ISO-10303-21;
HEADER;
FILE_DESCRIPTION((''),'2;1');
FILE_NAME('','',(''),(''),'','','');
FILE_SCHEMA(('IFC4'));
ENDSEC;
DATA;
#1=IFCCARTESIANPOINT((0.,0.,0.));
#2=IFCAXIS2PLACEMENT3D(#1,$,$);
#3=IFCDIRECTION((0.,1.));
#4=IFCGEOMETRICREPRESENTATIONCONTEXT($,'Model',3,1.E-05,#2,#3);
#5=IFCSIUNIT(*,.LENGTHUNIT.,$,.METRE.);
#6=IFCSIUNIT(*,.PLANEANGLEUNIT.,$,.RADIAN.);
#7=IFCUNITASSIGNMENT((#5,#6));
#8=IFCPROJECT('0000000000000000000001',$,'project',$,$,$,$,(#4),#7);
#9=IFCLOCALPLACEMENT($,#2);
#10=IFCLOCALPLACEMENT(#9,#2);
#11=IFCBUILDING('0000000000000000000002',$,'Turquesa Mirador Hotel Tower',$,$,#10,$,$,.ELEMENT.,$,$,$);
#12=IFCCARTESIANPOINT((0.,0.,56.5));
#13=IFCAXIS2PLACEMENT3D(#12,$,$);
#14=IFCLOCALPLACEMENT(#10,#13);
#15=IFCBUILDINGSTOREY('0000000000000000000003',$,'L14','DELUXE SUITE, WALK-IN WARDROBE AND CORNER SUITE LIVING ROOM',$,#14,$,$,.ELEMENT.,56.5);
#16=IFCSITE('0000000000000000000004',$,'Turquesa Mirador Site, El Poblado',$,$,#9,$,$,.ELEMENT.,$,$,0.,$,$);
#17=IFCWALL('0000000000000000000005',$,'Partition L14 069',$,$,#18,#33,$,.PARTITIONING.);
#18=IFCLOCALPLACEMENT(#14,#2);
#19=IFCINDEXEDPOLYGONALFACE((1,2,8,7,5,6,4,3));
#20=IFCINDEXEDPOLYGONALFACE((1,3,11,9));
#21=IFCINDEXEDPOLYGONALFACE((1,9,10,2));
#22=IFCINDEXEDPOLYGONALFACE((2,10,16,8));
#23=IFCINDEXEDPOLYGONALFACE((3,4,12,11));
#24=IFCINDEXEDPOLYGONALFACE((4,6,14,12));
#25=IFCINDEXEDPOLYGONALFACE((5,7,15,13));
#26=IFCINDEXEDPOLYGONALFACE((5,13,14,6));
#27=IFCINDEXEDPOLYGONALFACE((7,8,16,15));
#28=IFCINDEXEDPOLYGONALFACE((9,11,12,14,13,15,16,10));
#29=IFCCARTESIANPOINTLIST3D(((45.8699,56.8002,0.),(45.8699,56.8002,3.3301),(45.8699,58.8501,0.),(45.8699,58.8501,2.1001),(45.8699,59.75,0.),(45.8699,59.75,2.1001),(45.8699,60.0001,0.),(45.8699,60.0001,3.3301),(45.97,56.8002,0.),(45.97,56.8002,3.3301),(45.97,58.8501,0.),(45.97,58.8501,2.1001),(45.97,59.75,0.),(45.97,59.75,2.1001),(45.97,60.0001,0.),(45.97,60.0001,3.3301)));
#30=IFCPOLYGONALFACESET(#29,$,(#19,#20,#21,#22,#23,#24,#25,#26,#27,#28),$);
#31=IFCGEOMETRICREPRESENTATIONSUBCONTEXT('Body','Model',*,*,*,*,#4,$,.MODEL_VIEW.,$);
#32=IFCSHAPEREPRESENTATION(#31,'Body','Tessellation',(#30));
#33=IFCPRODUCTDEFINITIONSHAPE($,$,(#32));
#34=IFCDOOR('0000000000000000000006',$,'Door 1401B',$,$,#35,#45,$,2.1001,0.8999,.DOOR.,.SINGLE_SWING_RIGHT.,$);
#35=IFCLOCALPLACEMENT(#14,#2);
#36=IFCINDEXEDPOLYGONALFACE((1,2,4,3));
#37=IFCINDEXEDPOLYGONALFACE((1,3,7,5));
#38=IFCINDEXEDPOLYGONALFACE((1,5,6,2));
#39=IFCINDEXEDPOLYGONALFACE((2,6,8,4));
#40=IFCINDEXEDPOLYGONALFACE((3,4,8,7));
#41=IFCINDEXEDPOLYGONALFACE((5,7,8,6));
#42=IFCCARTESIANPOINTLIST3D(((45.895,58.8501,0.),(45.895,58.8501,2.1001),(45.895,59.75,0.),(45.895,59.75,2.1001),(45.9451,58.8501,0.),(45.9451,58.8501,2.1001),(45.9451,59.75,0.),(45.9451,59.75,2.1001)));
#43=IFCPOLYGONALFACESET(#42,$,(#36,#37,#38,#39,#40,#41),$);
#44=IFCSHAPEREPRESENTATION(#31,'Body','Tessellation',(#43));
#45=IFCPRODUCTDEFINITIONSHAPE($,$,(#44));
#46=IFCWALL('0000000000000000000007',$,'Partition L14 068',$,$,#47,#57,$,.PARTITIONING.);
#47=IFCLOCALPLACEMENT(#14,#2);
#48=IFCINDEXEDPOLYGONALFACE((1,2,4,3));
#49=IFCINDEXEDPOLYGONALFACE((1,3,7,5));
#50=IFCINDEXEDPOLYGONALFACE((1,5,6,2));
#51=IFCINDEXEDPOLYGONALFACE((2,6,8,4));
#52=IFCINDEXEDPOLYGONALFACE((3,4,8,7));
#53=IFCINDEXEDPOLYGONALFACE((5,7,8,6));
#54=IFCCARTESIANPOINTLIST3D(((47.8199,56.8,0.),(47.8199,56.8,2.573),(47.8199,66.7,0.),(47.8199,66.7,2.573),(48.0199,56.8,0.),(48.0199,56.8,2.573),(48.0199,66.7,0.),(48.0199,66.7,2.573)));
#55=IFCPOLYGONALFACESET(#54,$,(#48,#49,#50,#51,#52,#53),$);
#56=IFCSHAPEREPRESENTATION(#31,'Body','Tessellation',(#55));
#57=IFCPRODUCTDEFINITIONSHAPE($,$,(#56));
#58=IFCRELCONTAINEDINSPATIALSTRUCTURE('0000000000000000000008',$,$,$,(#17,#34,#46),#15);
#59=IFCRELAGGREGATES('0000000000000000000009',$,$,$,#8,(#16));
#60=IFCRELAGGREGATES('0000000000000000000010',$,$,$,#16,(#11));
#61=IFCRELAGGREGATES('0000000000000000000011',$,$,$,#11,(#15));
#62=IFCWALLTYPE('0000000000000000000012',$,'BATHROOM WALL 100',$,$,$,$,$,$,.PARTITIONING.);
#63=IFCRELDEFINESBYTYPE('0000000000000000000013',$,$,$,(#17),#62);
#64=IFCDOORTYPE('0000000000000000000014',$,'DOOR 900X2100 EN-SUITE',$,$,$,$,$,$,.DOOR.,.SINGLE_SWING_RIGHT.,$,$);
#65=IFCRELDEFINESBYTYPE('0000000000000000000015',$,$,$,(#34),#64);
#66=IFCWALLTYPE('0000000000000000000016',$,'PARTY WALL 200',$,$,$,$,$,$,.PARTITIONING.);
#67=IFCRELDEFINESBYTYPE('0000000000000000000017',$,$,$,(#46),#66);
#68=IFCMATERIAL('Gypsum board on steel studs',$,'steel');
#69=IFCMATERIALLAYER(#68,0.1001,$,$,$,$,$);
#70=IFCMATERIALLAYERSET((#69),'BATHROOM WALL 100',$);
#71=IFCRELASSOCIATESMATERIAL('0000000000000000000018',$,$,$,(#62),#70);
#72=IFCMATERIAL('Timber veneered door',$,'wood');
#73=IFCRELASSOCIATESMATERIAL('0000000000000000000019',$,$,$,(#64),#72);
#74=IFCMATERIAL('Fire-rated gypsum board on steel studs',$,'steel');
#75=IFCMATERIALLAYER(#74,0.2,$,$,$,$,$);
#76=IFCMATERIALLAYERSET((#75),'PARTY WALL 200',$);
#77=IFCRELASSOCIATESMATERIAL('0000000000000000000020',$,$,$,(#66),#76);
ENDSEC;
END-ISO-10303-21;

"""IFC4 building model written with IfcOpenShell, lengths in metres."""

from ifc_helpers import new_model, si_unit, direction, frame, frame_2d, origin, place, context, subcontext, project, spatial, rectangle, extrude, material, layer, layer_set, type_object, element, fill, save


model = new_model("IFC4")

# Units and contexts
model_context = context("Model", 3, precision=1e-05, world=origin(), true_north=direction((0.0, 1.0)))
body_context = subcontext(model_context, "Body", "Model", "MODEL_VIEW")
ifc_project = project(units=[si_unit("LENGTHUNIT", "METRE"), si_unit("PLANEANGLEUNIT", "RADIAN")], contexts=[model_context])

# Site, building, storey
site_placement = place(None, origin())
site = spatial("IfcSite", under=ifc_project, at=site_placement, Name="Turquesa Mirador Site, El Poblado", CompositionType="ELEMENT", RefElevation=0.0)
building_placement = place(site_placement, origin())
building = spatial("IfcBuilding", under=site, at=building_placement, Name="Turquesa Mirador Hotel Tower", CompositionType="ELEMENT")
storey_placement = place(building_placement, frame((0.0, 0.0, 56.5)))
storey = spatial("IfcBuildingStorey", under=building, at=storey_placement, Name="L14", Description="DELUXE SUITE, WALK-IN WARDROBE AND CORNER SUITE LIVING ROOM", CompositionType="ELEMENT", Elevation=56.5)

# Shared definitions
ifc_material_1 = material(Name="Gypsum board on steel studs", Category="steel")
ifc_layer_1 = layer(ifc_material_1, 0.1001)
ifc_layer_set_1 = layer_set([ifc_layer_1], Name="BATHROOM WALL 100")
wall_type_1 = type_object("IfcWallType", Name="BATHROOM WALL 100", PredefinedType="PARTITIONING", material=ifc_layer_set_1)

# Wall, opening, door
ifc_material_2 = material(Name="Timber veneered door", Category="wood")
door_type_1 = type_object("IfcDoorType", Name="DOOR 900X2100 EN-SUITE", OperationType="SINGLE_SWING_RIGHT", PredefinedType="DOOR", material=ifc_material_2)
wall_1_placement = place(storey_placement, frame((45.9199, 56.8, 0.0), z_axis=(0.0, 0.0, 1.0), x_axis=(0.0, 1.0, 0.0)))
wall_1 = element("IfcWall", 1, at=wall_1_placement, inside=storey, type_object=wall_type_1, Name="Partition L14 069", PredefinedType="PARTITIONING", context=body_context, shape_type="SweptSolid", body=[
    extrude(rectangle(XDim=3.2, YDim=0.1001, at=frame_2d((1.6001, 0.0))), origin(), (0.0, 0.0, 1.0), 3.3301),
])
opening_1_placement = place(wall_1_placement, frame((2.05, 0.0, 0.0)))
opening_1 = element("IfcOpeningElement", 2, at=opening_1_placement, cuts=wall_1, PredefinedType="OPENING", context=body_context, shape_type="SweptSolid", body=[
    extrude(rectangle(XDim=0.8999, YDim=2.1001, at=frame_2d((0.45, 1.05))), frame((0.0, 0.0601, 0.0), z_axis=(0.0, -1.0, 0.0), x_axis=(1.0, 0.0, 0.0)), (0.0, 0.0, 1.0), 0.1201),
])
door_1_placement = place(opening_1_placement, origin())
door_1 = element("IfcDoor", 3, at=door_1_placement, inside=storey, type_object=door_type_1, Name="Door 1401B", OperationType="SINGLE_SWING_RIGHT", OverallHeight=2.1001, OverallWidth=0.8999, PredefinedType="DOOR", context=body_context, shape_type="SweptSolid", body=[
    extrude(rectangle(XDim=0.8999, YDim=2.1001, at=frame_2d((0.45, 1.05))), frame((0.0, 0.0249, 0.0), z_axis=(0.0, -1.0, 0.0), x_axis=(1.0, 0.0, 0.0)), (0.0, 0.0, 1.0), 0.05),
])
fill(opening_1, door_1)

# Wall
ifc_material_3 = material(Name="Fire-rated gypsum board on steel studs", Category="steel")
ifc_layer_2 = layer(ifc_material_3, 0.2)
ifc_layer_set_2 = layer_set([ifc_layer_2], Name="PARTY WALL 200")
wall_type_2 = type_object("IfcWallType", Name="PARTY WALL 200", PredefinedType="PARTITIONING", material=ifc_layer_set_2)
wall_2_placement = place(storey_placement, frame((47.9199, 56.8, 0.0), z_axis=(0.0, 0.0, 1.0), x_axis=(0.0, 1.0, 0.0)))
element("IfcWall", 4, at=wall_2_placement, inside=storey, type_object=wall_type_2, Name="Partition L14 068", PredefinedType="PARTITIONING", context=body_context, shape_type="SweptSolid", body=[
    extrude(rectangle(XDim=9.8999, YDim=0.2, at=frame_2d((4.95, 0.0))), origin(), (0.0, 0.0, 1.0), 2.573),
])

save(model, "model.ifc")
